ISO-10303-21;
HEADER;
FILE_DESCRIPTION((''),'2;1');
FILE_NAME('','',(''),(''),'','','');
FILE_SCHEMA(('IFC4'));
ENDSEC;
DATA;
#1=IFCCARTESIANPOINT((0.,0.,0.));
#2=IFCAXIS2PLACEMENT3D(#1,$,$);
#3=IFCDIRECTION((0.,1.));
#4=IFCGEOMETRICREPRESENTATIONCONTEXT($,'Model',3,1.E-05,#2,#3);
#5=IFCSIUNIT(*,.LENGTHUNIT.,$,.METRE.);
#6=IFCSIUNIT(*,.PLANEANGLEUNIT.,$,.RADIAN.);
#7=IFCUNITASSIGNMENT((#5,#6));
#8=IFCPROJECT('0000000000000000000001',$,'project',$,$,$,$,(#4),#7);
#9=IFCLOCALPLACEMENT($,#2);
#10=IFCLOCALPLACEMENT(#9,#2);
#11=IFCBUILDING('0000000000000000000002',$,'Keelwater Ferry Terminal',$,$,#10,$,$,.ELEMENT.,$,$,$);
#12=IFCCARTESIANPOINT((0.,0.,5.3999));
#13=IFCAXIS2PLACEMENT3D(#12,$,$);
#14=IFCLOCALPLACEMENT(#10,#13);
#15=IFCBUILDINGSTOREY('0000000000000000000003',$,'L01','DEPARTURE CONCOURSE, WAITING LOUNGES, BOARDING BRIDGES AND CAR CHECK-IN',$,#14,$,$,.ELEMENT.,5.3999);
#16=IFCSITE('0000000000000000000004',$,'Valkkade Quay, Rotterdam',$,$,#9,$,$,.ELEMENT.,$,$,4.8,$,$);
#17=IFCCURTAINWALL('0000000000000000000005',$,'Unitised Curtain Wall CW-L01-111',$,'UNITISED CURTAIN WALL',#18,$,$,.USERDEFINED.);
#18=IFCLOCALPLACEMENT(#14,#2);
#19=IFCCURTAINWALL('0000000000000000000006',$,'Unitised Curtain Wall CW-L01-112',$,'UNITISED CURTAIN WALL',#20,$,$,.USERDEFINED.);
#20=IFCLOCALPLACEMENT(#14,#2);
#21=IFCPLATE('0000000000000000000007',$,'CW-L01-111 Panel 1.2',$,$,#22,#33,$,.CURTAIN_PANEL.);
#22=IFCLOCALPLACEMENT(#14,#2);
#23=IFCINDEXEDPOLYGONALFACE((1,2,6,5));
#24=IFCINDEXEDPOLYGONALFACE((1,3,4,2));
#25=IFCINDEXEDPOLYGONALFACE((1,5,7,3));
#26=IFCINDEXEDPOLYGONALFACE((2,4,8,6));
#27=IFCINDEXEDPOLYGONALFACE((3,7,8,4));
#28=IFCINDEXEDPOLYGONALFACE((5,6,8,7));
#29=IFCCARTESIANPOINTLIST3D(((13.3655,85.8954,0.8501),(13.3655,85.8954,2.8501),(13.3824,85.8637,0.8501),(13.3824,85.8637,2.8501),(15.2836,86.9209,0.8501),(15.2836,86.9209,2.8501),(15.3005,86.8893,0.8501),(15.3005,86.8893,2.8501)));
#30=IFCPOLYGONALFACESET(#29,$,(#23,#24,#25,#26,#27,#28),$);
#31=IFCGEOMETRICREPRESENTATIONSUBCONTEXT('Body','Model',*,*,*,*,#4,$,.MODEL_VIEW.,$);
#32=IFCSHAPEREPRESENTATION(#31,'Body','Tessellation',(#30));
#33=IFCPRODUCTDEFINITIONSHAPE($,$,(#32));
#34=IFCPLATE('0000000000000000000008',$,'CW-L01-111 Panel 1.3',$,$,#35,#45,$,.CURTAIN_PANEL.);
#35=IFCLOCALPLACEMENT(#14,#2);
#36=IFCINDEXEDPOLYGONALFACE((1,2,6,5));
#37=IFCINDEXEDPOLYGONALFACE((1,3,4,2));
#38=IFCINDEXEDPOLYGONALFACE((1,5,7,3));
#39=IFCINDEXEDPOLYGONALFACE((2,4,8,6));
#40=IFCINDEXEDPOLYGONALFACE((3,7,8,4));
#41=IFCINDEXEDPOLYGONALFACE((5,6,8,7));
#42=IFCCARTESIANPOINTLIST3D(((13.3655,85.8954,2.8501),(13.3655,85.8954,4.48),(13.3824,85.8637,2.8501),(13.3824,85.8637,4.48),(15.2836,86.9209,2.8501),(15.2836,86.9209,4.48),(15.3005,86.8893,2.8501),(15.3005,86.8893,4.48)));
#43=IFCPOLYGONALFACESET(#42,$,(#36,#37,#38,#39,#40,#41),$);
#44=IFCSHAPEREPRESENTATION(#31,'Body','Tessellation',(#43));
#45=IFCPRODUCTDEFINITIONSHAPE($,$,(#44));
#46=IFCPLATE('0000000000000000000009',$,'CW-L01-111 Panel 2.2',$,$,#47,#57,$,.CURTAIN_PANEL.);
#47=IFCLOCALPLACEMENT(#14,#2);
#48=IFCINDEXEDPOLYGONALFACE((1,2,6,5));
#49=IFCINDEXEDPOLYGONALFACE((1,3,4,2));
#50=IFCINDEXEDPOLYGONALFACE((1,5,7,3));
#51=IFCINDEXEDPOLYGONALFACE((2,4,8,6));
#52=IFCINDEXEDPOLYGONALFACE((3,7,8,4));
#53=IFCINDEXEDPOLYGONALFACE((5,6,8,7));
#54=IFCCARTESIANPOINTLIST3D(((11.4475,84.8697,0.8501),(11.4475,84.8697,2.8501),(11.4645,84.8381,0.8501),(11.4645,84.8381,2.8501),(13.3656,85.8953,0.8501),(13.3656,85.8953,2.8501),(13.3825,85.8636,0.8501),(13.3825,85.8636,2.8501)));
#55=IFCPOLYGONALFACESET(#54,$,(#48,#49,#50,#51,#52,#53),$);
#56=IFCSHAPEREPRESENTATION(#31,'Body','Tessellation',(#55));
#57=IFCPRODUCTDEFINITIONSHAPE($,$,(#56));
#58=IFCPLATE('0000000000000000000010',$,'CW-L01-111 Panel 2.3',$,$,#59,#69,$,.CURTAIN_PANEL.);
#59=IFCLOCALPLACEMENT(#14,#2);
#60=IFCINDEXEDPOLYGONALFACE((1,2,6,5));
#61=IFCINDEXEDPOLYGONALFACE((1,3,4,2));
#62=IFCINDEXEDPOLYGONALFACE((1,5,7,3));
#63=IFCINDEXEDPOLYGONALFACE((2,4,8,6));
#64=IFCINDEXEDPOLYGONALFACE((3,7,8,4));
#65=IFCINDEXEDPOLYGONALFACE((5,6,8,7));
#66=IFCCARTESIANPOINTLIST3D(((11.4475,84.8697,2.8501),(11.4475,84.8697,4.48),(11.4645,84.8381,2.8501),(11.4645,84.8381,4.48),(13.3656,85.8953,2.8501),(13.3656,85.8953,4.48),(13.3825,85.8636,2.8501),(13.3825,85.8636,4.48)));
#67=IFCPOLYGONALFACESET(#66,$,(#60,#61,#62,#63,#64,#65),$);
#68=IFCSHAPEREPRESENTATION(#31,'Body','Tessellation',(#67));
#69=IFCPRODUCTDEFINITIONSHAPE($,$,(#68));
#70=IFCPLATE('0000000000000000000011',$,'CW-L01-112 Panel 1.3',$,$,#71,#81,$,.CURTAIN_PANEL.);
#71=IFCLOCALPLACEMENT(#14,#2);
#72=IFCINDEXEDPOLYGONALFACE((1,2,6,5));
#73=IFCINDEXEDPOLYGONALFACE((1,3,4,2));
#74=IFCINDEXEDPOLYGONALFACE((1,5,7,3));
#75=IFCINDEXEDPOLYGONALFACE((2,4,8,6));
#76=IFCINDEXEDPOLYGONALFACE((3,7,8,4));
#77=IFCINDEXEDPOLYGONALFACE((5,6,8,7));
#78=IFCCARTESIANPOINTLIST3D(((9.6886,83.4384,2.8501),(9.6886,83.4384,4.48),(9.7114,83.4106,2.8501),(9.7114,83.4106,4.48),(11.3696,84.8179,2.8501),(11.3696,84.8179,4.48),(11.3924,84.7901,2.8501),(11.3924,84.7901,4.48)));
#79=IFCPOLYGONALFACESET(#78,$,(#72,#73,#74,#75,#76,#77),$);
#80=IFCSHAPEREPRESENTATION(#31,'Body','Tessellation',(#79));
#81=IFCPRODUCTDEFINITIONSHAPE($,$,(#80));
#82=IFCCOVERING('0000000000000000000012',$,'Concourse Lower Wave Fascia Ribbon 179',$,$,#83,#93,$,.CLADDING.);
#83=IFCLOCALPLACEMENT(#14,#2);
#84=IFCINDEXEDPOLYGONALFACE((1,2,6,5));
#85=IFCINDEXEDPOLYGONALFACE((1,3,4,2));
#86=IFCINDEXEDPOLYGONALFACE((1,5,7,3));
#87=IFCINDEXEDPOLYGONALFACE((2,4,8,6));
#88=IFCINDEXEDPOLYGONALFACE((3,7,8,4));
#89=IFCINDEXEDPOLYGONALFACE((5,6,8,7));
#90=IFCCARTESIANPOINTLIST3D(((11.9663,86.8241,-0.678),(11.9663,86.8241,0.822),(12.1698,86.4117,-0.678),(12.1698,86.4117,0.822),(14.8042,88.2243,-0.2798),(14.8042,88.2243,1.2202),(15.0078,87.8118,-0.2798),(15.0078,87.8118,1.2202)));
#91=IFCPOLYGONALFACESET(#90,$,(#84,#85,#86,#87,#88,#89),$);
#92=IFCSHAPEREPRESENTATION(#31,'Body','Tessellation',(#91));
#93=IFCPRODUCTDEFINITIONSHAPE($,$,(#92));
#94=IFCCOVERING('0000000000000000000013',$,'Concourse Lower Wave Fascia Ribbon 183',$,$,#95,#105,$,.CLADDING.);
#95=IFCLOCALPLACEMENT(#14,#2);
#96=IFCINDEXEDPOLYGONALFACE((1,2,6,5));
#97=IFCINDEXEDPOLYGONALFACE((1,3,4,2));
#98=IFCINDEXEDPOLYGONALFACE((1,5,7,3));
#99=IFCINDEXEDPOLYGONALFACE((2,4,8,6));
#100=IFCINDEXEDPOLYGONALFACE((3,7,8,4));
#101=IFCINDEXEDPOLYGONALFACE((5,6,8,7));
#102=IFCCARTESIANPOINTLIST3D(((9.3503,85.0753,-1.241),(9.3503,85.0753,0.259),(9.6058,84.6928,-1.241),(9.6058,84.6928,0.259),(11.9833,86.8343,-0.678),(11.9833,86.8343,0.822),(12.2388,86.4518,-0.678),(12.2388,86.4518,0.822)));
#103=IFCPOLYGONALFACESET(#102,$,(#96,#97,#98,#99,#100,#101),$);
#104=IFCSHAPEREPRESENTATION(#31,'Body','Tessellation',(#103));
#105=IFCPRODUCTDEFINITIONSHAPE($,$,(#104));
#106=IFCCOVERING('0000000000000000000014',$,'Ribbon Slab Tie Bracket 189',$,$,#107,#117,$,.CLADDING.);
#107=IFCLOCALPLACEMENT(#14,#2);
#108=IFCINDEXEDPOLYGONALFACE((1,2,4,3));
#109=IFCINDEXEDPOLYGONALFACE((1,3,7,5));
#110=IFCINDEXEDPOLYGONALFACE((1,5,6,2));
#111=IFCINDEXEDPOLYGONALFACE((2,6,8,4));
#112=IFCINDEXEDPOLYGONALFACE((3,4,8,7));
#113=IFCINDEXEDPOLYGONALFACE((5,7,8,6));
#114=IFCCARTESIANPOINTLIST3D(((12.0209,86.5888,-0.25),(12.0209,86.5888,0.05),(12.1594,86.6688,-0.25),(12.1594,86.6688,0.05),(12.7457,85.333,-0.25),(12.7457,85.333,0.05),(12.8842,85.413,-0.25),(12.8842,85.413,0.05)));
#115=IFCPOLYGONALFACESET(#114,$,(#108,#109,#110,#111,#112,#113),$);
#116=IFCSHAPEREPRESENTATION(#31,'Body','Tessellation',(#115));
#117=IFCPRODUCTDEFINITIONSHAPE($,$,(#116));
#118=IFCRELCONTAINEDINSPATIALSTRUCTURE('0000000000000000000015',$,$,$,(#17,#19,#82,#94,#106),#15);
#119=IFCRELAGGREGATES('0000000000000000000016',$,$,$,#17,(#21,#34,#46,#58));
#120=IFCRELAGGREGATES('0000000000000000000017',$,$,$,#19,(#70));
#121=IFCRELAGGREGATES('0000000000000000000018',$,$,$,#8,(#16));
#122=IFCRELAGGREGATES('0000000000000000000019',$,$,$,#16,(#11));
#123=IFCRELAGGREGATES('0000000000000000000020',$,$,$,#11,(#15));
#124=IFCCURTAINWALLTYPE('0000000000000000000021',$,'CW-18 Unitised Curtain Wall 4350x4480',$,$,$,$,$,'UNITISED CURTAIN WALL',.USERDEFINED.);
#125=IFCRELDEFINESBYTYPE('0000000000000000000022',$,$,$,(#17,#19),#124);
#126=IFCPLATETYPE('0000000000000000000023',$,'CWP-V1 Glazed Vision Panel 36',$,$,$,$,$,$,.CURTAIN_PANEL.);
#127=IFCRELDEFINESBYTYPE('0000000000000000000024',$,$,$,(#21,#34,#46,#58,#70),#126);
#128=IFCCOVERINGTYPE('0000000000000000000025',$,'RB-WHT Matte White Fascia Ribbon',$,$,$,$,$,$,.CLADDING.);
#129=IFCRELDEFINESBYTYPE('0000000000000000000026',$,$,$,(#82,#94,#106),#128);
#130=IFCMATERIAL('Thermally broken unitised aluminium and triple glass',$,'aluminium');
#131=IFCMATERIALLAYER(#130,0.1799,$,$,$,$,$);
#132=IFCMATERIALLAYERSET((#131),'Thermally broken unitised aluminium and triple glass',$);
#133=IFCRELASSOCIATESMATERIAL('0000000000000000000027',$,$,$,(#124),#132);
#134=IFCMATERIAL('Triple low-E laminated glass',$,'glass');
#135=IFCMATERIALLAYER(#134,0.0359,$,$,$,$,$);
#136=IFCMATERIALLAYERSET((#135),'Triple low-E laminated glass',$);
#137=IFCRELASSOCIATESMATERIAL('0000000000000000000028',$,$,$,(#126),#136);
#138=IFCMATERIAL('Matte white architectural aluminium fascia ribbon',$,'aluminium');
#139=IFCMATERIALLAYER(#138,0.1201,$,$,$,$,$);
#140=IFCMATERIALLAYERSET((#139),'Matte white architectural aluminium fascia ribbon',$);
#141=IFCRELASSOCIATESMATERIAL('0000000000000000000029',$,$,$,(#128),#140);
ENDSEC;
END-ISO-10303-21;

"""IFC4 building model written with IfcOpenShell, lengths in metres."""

from ifc_helpers import new_model, si_unit, direction, frame, frame_2d, origin, origin_2d, place, context, subcontext, project, spatial, polyline, rectangle, outline, extrude, material, layer, layer_set, type_object, element, aggregate, save


model = new_model("IFC4")

# Units and contexts
model_context = context("Model", 3, precision=1e-05, world=origin(), true_north=direction((0.0, 1.0)))
body_context = subcontext(model_context, "Body", "Model", "MODEL_VIEW")
ifc_project = project(units=[si_unit("LENGTHUNIT", "METRE"), si_unit("PLANEANGLEUNIT", "RADIAN")], contexts=[model_context])

# Site, building, storey
site_placement = place(None, origin())
site = spatial("IfcSite", under=ifc_project, at=site_placement, Name="Valkkade Quay, Rotterdam", CompositionType="ELEMENT", RefElevation=4.8)
building_placement = place(site_placement, origin())
building = spatial("IfcBuilding", under=site, at=building_placement, Name="Keelwater Ferry Terminal", CompositionType="ELEMENT")
storey_placement = place(building_placement, frame((0.0, 0.0, 5.3999)))
storey = spatial("IfcBuildingStorey", under=building, at=storey_placement, Name="L01", Description="DEPARTURE CONCOURSE, WAITING LOUNGES, BOARDING BRIDGES AND CAR CHECK-IN", CompositionType="ELEMENT", Elevation=5.3999)

# Curtain wall
ifc_material_1 = material(Name="Thermally broken unitised aluminium and triple glass", Category="aluminium")
ifc_layer_1 = layer(ifc_material_1, 0.1799)
ifc_layer_set_1 = layer_set([ifc_layer_1], Name="Thermally broken unitised aluminium and triple glass")
curtain_wall_type = type_object("IfcCurtainWallType", Name="CW-18 Unitised Curtain Wall 4350x4480", ElementType="UNITISED CURTAIN WALL", PredefinedType="USERDEFINED", material=ifc_layer_set_1)
curtain_wall_1_placement = place(storey_placement, origin())
curtain_wall_1 = element("IfcCurtainWall", 1, at=curtain_wall_1_placement, inside=storey, type_object=curtain_wall_type, Name="Unitised Curtain Wall CW-L01-111", ObjectType="UNITISED CURTAIN WALL", PredefinedType="USERDEFINED")

# Curtain wall
curtain_wall_2_placement = place(storey_placement, origin())
curtain_wall_2 = element("IfcCurtainWall", 2, at=curtain_wall_2_placement, inside=storey, type_object=curtain_wall_type, Name="Unitised Curtain Wall CW-L01-112", ObjectType="UNITISED CURTAIN WALL", PredefinedType="USERDEFINED")

# Plates
ifc_material_2 = material(Name="Triple low-E laminated glass", Category="glass")
ifc_layer_2 = layer(ifc_material_2, 0.0359)
ifc_layer_set_2 = layer_set([ifc_layer_2], Name="Triple low-E laminated glass")
plate_type_1 = type_object("IfcPlateType", Name="CWP-V1 Glazed Vision Panel 36", PredefinedType="CURTAIN_PANEL", material=ifc_layer_set_2)
plate_1_placement = place(storey_placement, frame((14.333, 86.3923, 0.8501), z_axis=(0.0, 0.0, 1.0), x_axis=(-0.881862, -0.471507, 0.0)))
plate_1 = element("IfcPlate", 3, at=plate_1_placement, type_object=plate_type_1, Name="CW-L01-111 Panel 1.2", PredefinedType="CURTAIN_PANEL", context=body_context, shape_type="SweptSolid", body=[
    extrude(rectangle(XDim=2.175, YDim=0.0359, at=origin_2d()), origin(), (0.0, 0.0, 1.0), 2.0),
])
plate_2_placement = place(storey_placement, frame((14.333, 86.3923, 2.8501), z_axis=(0.0, 0.0, 1.0), x_axis=(-0.881862, -0.471507, 0.0)))
plate_2 = element("IfcPlate", 4, at=plate_2_placement, type_object=plate_type_1, Name="CW-L01-111 Panel 1.3", PredefinedType="CURTAIN_PANEL", context=body_context, shape_type="SweptSolid", body=[
    extrude(rectangle(XDim=2.175, YDim=0.0359, at=origin_2d()), origin(), (0.0, 0.0, 1.0), 1.6299),
])
plate_3_placement = place(storey_placement, frame((12.415, 85.3667, 0.8501), z_axis=(0.0, 0.0, 1.0), x_axis=(-0.881862, -0.471507, 0.0)))
plate_3 = element("IfcPlate", 5, at=plate_3_placement, type_object=plate_type_1, Name="CW-L01-111 Panel 2.2", PredefinedType="CURTAIN_PANEL", context=body_context, shape_type="SweptSolid", body=[
    extrude(rectangle(XDim=2.175, YDim=0.0359, at=origin_2d()), origin(), (0.0, 0.0, 1.0), 2.0),
])
plate_4_placement = place(storey_placement, frame((12.415, 85.3667, 2.8501), z_axis=(0.0, 0.0, 1.0), x_axis=(-0.881862, -0.471507, 0.0)))
plate_4 = element("IfcPlate", 6, at=plate_4_placement, type_object=plate_type_1, Name="CW-L01-111 Panel 2.3", PredefinedType="CURTAIN_PANEL", context=body_context, shape_type="SweptSolid", body=[
    extrude(rectangle(XDim=2.175, YDim=0.0359, at=origin_2d()), origin(), (0.0, 0.0, 1.0), 1.6299),
])
aggregate(curtain_wall_1, [plate_1, plate_2, plate_3, plate_4])
plate_5_placement = place(storey_placement, frame((10.5405, 84.1143, 2.8501), z_axis=(0.0, 0.0, 1.0), x_axis=(-0.773024, -0.634377, 0.0)))
plate_5 = element("IfcPlate", 7, at=plate_5_placement, type_object=plate_type_1, Name="CW-L01-112 Panel 1.3", PredefinedType="CURTAIN_PANEL", context=body_context, shape_type="SweptSolid", body=[
    extrude(rectangle(XDim=2.1746, YDim=0.0359, at=origin_2d()), origin(), (0.0, 0.0, 1.0), 1.6299),
])
aggregate(curtain_wall_2, [plate_5])

# Coverings
ifc_material_3 = material(Name="Matte white architectural aluminium fascia ribbon", Category="aluminium")
ifc_layer_3 = layer(ifc_material_3, 0.1201)
ifc_layer_set_3 = layer_set([ifc_layer_3], Name="Matte white architectural aluminium fascia ribbon")
covering_type = type_object("IfcCoveringType", Name="RB-WHT Matte White Fascia Ribbon", PredefinedType="CLADDING", material=ifc_layer_set_3)
covering_1_placement = place(storey_placement, frame((14.906, 88.0181, -0.678), z_axis=(0.0, 0.0, 1.0), x_axis=(-0.896791, -0.442455, 0.0)))
element("IfcCovering", 8, at=covering_1_placement, inside=storey, type_object=covering_type, Name="Concourse Lower Wave Fascia Ribbon 179", PredefinedType="CLADDING", context=body_context, shape_type="SweptSolid", body=[
    extrude(outline(polyline([(0.0, 0.3982), (3.1646, 0.0), (3.1646, 1.5), (0.0, 1.8982), (0.0, 0.3982)])), frame((0.0, 0.23, 0.0), z_axis=(0.0, -1.0, 0.0), x_axis=(1.0, 0.0, 0.0)), (0.0, 0.0, 1.0), 0.46),
])
covering_2_placement = place(storey_placement, frame((12.1111, 86.6431, -1.241), z_axis=(0.0, 0.0, 1.0), x_axis=(-0.831516, -0.555501, 0.0)))
element("IfcCovering", 9, at=covering_2_placement, inside=storey, type_object=covering_type, Name="Concourse Lower Wave Fascia Ribbon 183", PredefinedType="CLADDING", context=body_context, shape_type="SweptSolid", body=[
    extrude(outline(polyline([(0.0, 0.563), (3.1665, 0.0), (3.1665, 1.5), (0.0, 2.063), (0.0, 0.563)])), frame((0.0, 0.23, 0.0), z_axis=(0.0, -1.0, 0.0), x_axis=(1.0, 0.0, 0.0)), (0.0, 0.0, 1.0), 0.46),
])
covering_3_placement = place(storey_placement, frame((12.0901, 86.6289, -0.25), z_axis=(0.0, 0.0, 1.0), x_axis=(0.499888, -0.86609, 0.0)))
element("IfcCovering", 10, at=covering_3_placement, inside=storey, type_object=covering_type, Name="Ribbon Slab Tie Bracket 189", PredefinedType="CLADDING", context=body_context, shape_type="SweptSolid", body=[
    extrude(rectangle(XDim=1.45, YDim=0.1599, at=frame_2d((0.7251, 0.0))), origin(), (0.0, 0.0, 1.0), 0.3),
])

save(model, "model.ifc")
